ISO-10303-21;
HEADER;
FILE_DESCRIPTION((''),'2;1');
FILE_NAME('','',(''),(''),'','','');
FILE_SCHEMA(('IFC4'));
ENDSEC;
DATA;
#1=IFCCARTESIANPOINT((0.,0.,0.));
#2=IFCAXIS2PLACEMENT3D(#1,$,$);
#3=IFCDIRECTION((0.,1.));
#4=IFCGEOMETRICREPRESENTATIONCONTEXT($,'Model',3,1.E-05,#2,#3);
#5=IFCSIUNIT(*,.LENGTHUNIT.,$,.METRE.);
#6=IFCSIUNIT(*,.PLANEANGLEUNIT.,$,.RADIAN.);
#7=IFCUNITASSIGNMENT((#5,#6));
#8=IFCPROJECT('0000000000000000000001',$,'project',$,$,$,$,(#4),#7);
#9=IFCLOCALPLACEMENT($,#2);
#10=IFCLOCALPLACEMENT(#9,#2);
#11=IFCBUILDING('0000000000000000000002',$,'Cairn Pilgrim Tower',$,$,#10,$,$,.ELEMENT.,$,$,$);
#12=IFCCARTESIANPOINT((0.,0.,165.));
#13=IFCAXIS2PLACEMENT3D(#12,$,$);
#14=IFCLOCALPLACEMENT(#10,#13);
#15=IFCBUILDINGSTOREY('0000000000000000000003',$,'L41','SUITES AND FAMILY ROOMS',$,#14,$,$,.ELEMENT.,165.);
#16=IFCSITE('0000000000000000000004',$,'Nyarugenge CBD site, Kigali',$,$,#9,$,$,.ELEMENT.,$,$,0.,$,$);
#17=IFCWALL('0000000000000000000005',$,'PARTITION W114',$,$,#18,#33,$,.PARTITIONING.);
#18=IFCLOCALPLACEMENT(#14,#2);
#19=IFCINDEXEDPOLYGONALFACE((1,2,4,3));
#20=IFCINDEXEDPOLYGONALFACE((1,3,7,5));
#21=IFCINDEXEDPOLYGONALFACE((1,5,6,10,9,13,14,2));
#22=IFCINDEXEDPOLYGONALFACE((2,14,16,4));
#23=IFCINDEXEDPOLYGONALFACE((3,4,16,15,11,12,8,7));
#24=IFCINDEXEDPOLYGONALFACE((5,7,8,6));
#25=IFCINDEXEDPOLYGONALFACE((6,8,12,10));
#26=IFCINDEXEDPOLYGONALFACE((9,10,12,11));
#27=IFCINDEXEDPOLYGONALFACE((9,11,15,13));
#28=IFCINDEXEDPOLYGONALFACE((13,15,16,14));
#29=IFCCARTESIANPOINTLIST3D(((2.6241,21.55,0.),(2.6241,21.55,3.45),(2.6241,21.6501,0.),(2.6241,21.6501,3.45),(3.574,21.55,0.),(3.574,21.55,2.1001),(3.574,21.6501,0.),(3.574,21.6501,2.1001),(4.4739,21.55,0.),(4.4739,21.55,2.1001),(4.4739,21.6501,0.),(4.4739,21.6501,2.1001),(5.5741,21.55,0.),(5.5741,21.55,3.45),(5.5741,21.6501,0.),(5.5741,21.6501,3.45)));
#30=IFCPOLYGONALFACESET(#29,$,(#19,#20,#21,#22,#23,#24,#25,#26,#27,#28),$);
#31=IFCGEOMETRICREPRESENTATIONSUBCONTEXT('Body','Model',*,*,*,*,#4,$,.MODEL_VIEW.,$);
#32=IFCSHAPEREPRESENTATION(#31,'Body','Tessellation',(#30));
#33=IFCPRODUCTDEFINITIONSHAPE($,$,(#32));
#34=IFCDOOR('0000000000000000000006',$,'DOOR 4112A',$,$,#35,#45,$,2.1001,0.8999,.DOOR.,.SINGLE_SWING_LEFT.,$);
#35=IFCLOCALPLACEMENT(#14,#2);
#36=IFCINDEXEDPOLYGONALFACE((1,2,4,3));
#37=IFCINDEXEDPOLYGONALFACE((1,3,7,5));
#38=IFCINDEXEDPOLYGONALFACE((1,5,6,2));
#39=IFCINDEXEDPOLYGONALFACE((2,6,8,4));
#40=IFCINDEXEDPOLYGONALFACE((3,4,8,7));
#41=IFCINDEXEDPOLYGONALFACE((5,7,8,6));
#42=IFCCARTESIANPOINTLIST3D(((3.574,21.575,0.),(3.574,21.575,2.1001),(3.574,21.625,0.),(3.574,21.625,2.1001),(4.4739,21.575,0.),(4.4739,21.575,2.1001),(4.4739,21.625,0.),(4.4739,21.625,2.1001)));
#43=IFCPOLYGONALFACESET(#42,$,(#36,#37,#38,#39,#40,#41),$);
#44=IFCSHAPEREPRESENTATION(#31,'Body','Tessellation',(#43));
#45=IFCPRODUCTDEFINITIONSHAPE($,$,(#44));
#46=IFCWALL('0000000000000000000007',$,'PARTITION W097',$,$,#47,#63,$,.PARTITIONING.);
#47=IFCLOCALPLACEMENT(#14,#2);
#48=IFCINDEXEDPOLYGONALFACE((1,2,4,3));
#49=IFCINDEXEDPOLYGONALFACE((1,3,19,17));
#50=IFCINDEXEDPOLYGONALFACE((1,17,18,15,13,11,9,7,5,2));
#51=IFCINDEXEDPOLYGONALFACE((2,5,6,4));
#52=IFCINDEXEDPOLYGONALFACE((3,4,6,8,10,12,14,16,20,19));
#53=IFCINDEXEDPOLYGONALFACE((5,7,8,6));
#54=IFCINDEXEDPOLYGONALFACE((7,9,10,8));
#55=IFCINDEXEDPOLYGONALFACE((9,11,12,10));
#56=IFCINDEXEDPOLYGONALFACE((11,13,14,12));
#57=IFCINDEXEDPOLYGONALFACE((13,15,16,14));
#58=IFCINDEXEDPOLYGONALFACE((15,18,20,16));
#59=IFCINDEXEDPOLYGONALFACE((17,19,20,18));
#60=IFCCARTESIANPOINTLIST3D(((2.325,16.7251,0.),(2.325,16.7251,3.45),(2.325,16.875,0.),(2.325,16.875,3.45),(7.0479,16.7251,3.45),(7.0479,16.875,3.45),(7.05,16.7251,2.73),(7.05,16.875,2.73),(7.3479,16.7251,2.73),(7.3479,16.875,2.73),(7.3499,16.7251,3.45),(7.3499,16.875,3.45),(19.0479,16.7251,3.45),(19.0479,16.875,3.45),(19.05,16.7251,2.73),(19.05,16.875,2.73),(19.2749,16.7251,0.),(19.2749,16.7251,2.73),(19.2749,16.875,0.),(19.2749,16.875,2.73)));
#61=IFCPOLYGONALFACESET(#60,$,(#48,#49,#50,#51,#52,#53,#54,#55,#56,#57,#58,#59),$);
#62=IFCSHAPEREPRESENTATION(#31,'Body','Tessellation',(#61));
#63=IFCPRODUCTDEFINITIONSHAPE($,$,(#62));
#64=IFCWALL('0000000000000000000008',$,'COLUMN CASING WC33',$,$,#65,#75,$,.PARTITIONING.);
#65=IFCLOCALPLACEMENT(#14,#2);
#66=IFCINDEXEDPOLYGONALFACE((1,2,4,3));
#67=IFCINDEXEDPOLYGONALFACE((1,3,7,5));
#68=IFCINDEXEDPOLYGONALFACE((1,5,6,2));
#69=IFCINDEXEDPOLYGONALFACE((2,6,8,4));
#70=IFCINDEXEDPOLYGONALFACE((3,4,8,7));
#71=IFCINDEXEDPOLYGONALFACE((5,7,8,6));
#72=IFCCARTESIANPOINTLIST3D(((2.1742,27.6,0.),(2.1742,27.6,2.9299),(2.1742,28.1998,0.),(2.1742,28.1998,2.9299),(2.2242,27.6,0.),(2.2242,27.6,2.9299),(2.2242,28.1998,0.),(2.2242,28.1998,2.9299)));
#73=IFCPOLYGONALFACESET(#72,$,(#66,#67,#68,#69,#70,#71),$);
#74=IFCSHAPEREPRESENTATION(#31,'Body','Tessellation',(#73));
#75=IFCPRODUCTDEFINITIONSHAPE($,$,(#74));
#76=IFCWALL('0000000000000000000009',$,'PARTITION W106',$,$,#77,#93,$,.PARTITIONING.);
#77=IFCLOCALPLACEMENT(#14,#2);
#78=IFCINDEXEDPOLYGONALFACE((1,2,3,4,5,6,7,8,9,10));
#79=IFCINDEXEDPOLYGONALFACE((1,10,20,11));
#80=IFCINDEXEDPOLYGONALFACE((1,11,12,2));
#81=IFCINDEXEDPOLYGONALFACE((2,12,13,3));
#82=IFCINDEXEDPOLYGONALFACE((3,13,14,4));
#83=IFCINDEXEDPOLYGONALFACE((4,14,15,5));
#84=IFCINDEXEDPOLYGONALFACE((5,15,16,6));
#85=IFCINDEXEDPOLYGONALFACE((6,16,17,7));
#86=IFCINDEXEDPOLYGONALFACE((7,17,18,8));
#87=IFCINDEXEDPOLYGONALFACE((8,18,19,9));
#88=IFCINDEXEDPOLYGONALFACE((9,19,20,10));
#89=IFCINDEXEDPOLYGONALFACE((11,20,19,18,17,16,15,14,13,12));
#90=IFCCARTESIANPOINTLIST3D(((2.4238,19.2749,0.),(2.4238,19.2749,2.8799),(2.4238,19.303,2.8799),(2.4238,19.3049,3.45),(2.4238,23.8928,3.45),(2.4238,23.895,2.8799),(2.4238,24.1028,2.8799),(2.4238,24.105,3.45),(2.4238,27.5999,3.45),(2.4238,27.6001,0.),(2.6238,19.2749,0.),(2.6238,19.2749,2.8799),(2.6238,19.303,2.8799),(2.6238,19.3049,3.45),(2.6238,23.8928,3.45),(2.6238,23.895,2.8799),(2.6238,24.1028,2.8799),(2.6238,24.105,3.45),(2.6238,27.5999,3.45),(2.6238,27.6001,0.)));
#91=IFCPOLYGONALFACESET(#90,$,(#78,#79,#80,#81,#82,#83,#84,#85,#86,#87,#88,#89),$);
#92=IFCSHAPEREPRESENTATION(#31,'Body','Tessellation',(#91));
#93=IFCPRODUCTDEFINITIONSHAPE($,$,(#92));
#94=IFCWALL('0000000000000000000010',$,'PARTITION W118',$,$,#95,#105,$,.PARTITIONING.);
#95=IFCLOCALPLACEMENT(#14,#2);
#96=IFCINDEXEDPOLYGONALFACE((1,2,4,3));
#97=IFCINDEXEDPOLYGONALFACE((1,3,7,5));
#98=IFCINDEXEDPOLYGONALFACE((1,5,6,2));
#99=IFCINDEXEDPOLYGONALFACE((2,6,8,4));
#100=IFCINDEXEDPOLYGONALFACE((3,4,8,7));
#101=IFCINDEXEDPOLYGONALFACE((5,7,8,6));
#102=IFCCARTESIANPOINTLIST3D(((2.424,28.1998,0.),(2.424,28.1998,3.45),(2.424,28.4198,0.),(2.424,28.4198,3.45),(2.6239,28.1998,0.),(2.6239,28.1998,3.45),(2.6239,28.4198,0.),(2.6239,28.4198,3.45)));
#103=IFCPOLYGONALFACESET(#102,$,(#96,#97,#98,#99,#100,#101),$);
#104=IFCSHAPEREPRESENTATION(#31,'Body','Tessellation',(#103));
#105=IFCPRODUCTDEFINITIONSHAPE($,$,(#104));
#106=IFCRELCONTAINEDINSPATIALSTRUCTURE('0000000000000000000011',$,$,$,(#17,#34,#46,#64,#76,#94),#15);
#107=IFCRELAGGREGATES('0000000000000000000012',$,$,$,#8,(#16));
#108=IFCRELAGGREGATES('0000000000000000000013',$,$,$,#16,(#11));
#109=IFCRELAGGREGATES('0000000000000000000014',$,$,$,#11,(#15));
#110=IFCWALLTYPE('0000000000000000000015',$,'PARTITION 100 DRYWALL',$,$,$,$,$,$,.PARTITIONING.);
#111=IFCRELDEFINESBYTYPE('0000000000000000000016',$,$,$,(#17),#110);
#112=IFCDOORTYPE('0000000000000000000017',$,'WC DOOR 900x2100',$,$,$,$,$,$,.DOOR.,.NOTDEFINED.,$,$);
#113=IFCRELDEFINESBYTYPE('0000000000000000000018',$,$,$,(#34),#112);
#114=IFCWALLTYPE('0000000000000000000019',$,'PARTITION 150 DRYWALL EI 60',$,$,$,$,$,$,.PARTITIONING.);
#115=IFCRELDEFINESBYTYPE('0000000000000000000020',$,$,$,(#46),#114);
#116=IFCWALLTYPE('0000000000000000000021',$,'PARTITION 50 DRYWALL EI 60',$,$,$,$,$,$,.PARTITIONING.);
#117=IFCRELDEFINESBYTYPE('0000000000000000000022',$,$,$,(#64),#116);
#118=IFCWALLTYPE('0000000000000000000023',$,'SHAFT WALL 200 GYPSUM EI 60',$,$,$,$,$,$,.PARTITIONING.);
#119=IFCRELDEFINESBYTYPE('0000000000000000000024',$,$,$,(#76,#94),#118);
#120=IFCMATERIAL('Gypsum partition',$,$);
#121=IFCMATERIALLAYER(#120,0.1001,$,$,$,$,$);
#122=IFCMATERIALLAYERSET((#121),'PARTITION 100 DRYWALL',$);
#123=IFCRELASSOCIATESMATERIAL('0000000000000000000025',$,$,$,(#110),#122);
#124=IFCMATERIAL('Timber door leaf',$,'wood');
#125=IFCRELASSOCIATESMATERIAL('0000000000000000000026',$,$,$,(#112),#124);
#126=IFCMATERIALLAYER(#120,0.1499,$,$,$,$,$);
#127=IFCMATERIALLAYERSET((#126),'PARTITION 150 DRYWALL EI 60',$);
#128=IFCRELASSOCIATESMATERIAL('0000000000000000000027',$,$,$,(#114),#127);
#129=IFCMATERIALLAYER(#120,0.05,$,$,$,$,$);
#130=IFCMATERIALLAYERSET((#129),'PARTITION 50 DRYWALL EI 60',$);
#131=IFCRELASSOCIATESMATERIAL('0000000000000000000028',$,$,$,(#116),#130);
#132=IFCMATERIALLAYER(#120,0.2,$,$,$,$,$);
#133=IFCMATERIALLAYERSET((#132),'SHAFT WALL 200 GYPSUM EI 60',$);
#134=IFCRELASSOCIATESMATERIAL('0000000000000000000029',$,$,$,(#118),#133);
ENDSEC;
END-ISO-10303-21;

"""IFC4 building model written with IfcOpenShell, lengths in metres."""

from ifc_helpers import new_model, si_unit, direction, frame, frame_2d, origin, place, context, subcontext, project, spatial, polyline, rectangle, outline, extrude, material, layer, layer_set, type_object, element, fill, save


model = new_model("IFC4")

# Units and contexts
model_context = context("Model", 3, precision=1e-05, world=origin(), true_north=direction((0.0, 1.0)))
body_context = subcontext(model_context, "Body", "Model", "MODEL_VIEW")
ifc_project = project(units=[si_unit("LENGTHUNIT", "METRE"), si_unit("PLANEANGLEUNIT", "RADIAN")], contexts=[model_context])

# Site, building, storey
site_placement = place(None, origin())
site = spatial("IfcSite", under=ifc_project, at=site_placement, Name="Nyarugenge CBD site, Kigali", CompositionType="ELEMENT", RefElevation=0.0)
building_placement = place(site_placement, origin())
building = spatial("IfcBuilding", under=site, at=building_placement, Name="Cairn Pilgrim Tower", CompositionType="ELEMENT")
storey_placement = place(building_placement, frame((0.0, 0.0, 165.0)))
storey = spatial("IfcBuildingStorey", under=building, at=storey_placement, Name="L41", Description="SUITES AND FAMILY ROOMS", CompositionType="ELEMENT", Elevation=165.0)

# Shared definitions
ifc_material_1 = material(Name="Gypsum partition")
ifc_layer_1 = layer(ifc_material_1, 0.1001)
ifc_layer_set_1 = layer_set([ifc_layer_1], Name="PARTITION 100 DRYWALL")
wall_type_1 = type_object("IfcWallType", Name="PARTITION 100 DRYWALL", PredefinedType="PARTITIONING", material=ifc_layer_set_1)

# Shared definitions
ifc_material_2 = material(Name="Timber door leaf", Category="wood")

# Wall, opening, door
wall_1_placement = place(storey_placement, frame((2.624, 21.6001, 0.0), z_axis=(0.0, 0.0, 1.0), x_axis=(1.0, 0.0, 0.0)))
wall_1 = element("IfcWall", 1, at=wall_1_placement, inside=storey, type_object=wall_type_1, Name="PARTITION W114", PredefinedType="PARTITIONING", context=body_context, shape_type="SweptSolid", body=[
    extrude(rectangle(XDim=2.95, YDim=0.1001, at=frame_2d((1.4751, 0.0))), origin(), (0.0, 0.0, 1.0), 3.45),
])
opening_1_placement = place(wall_1_placement, frame((0.95, 0.0, 0.0)))
opening_1 = element("IfcOpeningElement", 2, at=opening_1_placement, cuts=wall_1, PredefinedType="OPENING", context=body_context, shape_type="SweptSolid", body=[
    extrude(rectangle(XDim=0.8999, YDim=2.1001, at=frame_2d((0.45, 1.05))), frame((0.0, 0.0601, 0.0), z_axis=(0.0, -1.0, 0.0), x_axis=(1.0, 0.0, 0.0)), (0.0, 0.0, 1.0), 0.1201),
])
door_type_1 = type_object("IfcDoorType", Name="WC DOOR 900x2100", OperationType="NOTDEFINED", PredefinedType="DOOR", material=ifc_material_2)
door_1_placement = place(opening_1_placement, origin())
door_1 = element("IfcDoor", 3, at=door_1_placement, inside=storey, type_object=door_type_1, Name="DOOR 4112A", OperationType="SINGLE_SWING_LEFT", OverallHeight=2.1001, OverallWidth=0.8999, PredefinedType="DOOR", context=body_context, shape_type="SweptSolid", body=[
    extrude(rectangle(XDim=0.8999, YDim=2.1001, at=frame_2d((0.45, 1.05))), frame((0.0, 0.0249, 0.0), z_axis=(0.0, -1.0, 0.0), x_axis=(1.0, 0.0, 0.0)), (0.0, 0.0, 1.0), 0.05),
])
fill(opening_1, door_1)

# Walls
ifc_layer_2 = layer(ifc_material_1, 0.1499)
ifc_layer_set_2 = layer_set([ifc_layer_2], Name="PARTITION 150 DRYWALL EI 60")
wall_type_2 = type_object("IfcWallType", Name="PARTITION 150 DRYWALL EI 60", PredefinedType="PARTITIONING", material=ifc_layer_set_2)
wall_2_placement = place(storey_placement, frame((2.325, 16.8, 0.0), z_axis=(0.0, 0.0, 1.0), x_axis=(1.0, 0.0, 0.0)))
element("IfcWall", 4, at=wall_2_placement, inside=storey, type_object=wall_type_2, Name="PARTITION W097", PredefinedType="PARTITIONING", context=body_context, shape_type="SweptSolid", body=[
    extrude(outline(polyline([(0.0, 0.0), (16.95, 0.0), (16.95, 2.73), (16.7251, 2.73), (16.7229, 3.45), (5.0249, 3.45), (5.0229, 2.73), (4.7251, 2.73), (4.7229, 3.45), (0.0, 3.45), (0.0, 0.0)])), frame((0.0, 0.075, 0.0), z_axis=(0.0, -1.0, 0.0), x_axis=(1.0, 0.0, 0.0)), (0.0, 0.0, 1.0), 0.1499),
])
ifc_layer_3 = layer(ifc_material_1, 0.05)
ifc_layer_set_3 = layer_set([ifc_layer_3], Name="PARTITION 50 DRYWALL EI 60")
wall_type_3 = type_object("IfcWallType", Name="PARTITION 50 DRYWALL EI 60", PredefinedType="PARTITIONING", material=ifc_layer_set_3)
wall_3_placement = place(storey_placement, frame((2.1992, 27.6001, 0.0), z_axis=(0.0, 0.0, 1.0), x_axis=(0.0, 1.0, 0.0)))
element("IfcWall", 5, at=wall_3_placement, inside=storey, type_object=wall_type_3, Name="COLUMN CASING WC33", PredefinedType="PARTITIONING", context=body_context, shape_type="SweptSolid", body=[
    extrude(rectangle(XDim=0.5999, YDim=0.05, at=frame_2d((0.2998, 0.0))), origin(), (0.0, 0.0, 1.0), 2.9299),
])
ifc_layer_4 = layer(ifc_material_1, 0.2)
ifc_layer_set_4 = layer_set([ifc_layer_4], Name="SHAFT WALL 200 GYPSUM EI 60")
wall_type_4 = type_object("IfcWallType", Name="SHAFT WALL 200 GYPSUM EI 60", PredefinedType="PARTITIONING", material=ifc_layer_set_4)
wall_4_placement = place(storey_placement, frame((2.5239, 19.2749, 0.0), z_axis=(0.0, 0.0, 1.0), x_axis=(0.0, 1.0, 0.0)))
element("IfcWall", 6, at=wall_4_placement, inside=storey, type_object=wall_type_4, Name="PARTITION W106", PredefinedType="PARTITIONING", context=body_context, shape_type="SweptSolid", body=[
    extrude(outline(polyline([(0.0, 0.0), (8.3252, 0.0), (8.325, 3.45), (4.8301, 3.45), (4.8279, 2.8799), (4.6201, 2.8799), (4.6179, 3.45), (0.03, 3.45), (0.0281, 2.8799), (0.0, 2.8799), (0.0, 0.0)])), frame((0.0, 0.1001, 0.0), z_axis=(0.0, -1.0, 0.0), x_axis=(1.0, 0.0, 0.0)), (0.0, 0.0, 1.0), 0.2),
])
wall_5_placement = place(storey_placement, frame((2.5239, 28.2, 0.0), z_axis=(0.0, 0.0, 1.0), x_axis=(0.0, 1.0, 0.0)))
element("IfcWall", 7, at=wall_5_placement, inside=storey, type_object=wall_type_4, Name="PARTITION W118", PredefinedType="PARTITIONING", context=body_context, shape_type="SweptSolid", body=[
    extrude(rectangle(XDim=0.22, YDim=0.2, at=frame_2d((0.1099, 0.0))), origin(), (0.0, 0.0, 1.0), 3.45),
])

save(model, "model.ifc")
